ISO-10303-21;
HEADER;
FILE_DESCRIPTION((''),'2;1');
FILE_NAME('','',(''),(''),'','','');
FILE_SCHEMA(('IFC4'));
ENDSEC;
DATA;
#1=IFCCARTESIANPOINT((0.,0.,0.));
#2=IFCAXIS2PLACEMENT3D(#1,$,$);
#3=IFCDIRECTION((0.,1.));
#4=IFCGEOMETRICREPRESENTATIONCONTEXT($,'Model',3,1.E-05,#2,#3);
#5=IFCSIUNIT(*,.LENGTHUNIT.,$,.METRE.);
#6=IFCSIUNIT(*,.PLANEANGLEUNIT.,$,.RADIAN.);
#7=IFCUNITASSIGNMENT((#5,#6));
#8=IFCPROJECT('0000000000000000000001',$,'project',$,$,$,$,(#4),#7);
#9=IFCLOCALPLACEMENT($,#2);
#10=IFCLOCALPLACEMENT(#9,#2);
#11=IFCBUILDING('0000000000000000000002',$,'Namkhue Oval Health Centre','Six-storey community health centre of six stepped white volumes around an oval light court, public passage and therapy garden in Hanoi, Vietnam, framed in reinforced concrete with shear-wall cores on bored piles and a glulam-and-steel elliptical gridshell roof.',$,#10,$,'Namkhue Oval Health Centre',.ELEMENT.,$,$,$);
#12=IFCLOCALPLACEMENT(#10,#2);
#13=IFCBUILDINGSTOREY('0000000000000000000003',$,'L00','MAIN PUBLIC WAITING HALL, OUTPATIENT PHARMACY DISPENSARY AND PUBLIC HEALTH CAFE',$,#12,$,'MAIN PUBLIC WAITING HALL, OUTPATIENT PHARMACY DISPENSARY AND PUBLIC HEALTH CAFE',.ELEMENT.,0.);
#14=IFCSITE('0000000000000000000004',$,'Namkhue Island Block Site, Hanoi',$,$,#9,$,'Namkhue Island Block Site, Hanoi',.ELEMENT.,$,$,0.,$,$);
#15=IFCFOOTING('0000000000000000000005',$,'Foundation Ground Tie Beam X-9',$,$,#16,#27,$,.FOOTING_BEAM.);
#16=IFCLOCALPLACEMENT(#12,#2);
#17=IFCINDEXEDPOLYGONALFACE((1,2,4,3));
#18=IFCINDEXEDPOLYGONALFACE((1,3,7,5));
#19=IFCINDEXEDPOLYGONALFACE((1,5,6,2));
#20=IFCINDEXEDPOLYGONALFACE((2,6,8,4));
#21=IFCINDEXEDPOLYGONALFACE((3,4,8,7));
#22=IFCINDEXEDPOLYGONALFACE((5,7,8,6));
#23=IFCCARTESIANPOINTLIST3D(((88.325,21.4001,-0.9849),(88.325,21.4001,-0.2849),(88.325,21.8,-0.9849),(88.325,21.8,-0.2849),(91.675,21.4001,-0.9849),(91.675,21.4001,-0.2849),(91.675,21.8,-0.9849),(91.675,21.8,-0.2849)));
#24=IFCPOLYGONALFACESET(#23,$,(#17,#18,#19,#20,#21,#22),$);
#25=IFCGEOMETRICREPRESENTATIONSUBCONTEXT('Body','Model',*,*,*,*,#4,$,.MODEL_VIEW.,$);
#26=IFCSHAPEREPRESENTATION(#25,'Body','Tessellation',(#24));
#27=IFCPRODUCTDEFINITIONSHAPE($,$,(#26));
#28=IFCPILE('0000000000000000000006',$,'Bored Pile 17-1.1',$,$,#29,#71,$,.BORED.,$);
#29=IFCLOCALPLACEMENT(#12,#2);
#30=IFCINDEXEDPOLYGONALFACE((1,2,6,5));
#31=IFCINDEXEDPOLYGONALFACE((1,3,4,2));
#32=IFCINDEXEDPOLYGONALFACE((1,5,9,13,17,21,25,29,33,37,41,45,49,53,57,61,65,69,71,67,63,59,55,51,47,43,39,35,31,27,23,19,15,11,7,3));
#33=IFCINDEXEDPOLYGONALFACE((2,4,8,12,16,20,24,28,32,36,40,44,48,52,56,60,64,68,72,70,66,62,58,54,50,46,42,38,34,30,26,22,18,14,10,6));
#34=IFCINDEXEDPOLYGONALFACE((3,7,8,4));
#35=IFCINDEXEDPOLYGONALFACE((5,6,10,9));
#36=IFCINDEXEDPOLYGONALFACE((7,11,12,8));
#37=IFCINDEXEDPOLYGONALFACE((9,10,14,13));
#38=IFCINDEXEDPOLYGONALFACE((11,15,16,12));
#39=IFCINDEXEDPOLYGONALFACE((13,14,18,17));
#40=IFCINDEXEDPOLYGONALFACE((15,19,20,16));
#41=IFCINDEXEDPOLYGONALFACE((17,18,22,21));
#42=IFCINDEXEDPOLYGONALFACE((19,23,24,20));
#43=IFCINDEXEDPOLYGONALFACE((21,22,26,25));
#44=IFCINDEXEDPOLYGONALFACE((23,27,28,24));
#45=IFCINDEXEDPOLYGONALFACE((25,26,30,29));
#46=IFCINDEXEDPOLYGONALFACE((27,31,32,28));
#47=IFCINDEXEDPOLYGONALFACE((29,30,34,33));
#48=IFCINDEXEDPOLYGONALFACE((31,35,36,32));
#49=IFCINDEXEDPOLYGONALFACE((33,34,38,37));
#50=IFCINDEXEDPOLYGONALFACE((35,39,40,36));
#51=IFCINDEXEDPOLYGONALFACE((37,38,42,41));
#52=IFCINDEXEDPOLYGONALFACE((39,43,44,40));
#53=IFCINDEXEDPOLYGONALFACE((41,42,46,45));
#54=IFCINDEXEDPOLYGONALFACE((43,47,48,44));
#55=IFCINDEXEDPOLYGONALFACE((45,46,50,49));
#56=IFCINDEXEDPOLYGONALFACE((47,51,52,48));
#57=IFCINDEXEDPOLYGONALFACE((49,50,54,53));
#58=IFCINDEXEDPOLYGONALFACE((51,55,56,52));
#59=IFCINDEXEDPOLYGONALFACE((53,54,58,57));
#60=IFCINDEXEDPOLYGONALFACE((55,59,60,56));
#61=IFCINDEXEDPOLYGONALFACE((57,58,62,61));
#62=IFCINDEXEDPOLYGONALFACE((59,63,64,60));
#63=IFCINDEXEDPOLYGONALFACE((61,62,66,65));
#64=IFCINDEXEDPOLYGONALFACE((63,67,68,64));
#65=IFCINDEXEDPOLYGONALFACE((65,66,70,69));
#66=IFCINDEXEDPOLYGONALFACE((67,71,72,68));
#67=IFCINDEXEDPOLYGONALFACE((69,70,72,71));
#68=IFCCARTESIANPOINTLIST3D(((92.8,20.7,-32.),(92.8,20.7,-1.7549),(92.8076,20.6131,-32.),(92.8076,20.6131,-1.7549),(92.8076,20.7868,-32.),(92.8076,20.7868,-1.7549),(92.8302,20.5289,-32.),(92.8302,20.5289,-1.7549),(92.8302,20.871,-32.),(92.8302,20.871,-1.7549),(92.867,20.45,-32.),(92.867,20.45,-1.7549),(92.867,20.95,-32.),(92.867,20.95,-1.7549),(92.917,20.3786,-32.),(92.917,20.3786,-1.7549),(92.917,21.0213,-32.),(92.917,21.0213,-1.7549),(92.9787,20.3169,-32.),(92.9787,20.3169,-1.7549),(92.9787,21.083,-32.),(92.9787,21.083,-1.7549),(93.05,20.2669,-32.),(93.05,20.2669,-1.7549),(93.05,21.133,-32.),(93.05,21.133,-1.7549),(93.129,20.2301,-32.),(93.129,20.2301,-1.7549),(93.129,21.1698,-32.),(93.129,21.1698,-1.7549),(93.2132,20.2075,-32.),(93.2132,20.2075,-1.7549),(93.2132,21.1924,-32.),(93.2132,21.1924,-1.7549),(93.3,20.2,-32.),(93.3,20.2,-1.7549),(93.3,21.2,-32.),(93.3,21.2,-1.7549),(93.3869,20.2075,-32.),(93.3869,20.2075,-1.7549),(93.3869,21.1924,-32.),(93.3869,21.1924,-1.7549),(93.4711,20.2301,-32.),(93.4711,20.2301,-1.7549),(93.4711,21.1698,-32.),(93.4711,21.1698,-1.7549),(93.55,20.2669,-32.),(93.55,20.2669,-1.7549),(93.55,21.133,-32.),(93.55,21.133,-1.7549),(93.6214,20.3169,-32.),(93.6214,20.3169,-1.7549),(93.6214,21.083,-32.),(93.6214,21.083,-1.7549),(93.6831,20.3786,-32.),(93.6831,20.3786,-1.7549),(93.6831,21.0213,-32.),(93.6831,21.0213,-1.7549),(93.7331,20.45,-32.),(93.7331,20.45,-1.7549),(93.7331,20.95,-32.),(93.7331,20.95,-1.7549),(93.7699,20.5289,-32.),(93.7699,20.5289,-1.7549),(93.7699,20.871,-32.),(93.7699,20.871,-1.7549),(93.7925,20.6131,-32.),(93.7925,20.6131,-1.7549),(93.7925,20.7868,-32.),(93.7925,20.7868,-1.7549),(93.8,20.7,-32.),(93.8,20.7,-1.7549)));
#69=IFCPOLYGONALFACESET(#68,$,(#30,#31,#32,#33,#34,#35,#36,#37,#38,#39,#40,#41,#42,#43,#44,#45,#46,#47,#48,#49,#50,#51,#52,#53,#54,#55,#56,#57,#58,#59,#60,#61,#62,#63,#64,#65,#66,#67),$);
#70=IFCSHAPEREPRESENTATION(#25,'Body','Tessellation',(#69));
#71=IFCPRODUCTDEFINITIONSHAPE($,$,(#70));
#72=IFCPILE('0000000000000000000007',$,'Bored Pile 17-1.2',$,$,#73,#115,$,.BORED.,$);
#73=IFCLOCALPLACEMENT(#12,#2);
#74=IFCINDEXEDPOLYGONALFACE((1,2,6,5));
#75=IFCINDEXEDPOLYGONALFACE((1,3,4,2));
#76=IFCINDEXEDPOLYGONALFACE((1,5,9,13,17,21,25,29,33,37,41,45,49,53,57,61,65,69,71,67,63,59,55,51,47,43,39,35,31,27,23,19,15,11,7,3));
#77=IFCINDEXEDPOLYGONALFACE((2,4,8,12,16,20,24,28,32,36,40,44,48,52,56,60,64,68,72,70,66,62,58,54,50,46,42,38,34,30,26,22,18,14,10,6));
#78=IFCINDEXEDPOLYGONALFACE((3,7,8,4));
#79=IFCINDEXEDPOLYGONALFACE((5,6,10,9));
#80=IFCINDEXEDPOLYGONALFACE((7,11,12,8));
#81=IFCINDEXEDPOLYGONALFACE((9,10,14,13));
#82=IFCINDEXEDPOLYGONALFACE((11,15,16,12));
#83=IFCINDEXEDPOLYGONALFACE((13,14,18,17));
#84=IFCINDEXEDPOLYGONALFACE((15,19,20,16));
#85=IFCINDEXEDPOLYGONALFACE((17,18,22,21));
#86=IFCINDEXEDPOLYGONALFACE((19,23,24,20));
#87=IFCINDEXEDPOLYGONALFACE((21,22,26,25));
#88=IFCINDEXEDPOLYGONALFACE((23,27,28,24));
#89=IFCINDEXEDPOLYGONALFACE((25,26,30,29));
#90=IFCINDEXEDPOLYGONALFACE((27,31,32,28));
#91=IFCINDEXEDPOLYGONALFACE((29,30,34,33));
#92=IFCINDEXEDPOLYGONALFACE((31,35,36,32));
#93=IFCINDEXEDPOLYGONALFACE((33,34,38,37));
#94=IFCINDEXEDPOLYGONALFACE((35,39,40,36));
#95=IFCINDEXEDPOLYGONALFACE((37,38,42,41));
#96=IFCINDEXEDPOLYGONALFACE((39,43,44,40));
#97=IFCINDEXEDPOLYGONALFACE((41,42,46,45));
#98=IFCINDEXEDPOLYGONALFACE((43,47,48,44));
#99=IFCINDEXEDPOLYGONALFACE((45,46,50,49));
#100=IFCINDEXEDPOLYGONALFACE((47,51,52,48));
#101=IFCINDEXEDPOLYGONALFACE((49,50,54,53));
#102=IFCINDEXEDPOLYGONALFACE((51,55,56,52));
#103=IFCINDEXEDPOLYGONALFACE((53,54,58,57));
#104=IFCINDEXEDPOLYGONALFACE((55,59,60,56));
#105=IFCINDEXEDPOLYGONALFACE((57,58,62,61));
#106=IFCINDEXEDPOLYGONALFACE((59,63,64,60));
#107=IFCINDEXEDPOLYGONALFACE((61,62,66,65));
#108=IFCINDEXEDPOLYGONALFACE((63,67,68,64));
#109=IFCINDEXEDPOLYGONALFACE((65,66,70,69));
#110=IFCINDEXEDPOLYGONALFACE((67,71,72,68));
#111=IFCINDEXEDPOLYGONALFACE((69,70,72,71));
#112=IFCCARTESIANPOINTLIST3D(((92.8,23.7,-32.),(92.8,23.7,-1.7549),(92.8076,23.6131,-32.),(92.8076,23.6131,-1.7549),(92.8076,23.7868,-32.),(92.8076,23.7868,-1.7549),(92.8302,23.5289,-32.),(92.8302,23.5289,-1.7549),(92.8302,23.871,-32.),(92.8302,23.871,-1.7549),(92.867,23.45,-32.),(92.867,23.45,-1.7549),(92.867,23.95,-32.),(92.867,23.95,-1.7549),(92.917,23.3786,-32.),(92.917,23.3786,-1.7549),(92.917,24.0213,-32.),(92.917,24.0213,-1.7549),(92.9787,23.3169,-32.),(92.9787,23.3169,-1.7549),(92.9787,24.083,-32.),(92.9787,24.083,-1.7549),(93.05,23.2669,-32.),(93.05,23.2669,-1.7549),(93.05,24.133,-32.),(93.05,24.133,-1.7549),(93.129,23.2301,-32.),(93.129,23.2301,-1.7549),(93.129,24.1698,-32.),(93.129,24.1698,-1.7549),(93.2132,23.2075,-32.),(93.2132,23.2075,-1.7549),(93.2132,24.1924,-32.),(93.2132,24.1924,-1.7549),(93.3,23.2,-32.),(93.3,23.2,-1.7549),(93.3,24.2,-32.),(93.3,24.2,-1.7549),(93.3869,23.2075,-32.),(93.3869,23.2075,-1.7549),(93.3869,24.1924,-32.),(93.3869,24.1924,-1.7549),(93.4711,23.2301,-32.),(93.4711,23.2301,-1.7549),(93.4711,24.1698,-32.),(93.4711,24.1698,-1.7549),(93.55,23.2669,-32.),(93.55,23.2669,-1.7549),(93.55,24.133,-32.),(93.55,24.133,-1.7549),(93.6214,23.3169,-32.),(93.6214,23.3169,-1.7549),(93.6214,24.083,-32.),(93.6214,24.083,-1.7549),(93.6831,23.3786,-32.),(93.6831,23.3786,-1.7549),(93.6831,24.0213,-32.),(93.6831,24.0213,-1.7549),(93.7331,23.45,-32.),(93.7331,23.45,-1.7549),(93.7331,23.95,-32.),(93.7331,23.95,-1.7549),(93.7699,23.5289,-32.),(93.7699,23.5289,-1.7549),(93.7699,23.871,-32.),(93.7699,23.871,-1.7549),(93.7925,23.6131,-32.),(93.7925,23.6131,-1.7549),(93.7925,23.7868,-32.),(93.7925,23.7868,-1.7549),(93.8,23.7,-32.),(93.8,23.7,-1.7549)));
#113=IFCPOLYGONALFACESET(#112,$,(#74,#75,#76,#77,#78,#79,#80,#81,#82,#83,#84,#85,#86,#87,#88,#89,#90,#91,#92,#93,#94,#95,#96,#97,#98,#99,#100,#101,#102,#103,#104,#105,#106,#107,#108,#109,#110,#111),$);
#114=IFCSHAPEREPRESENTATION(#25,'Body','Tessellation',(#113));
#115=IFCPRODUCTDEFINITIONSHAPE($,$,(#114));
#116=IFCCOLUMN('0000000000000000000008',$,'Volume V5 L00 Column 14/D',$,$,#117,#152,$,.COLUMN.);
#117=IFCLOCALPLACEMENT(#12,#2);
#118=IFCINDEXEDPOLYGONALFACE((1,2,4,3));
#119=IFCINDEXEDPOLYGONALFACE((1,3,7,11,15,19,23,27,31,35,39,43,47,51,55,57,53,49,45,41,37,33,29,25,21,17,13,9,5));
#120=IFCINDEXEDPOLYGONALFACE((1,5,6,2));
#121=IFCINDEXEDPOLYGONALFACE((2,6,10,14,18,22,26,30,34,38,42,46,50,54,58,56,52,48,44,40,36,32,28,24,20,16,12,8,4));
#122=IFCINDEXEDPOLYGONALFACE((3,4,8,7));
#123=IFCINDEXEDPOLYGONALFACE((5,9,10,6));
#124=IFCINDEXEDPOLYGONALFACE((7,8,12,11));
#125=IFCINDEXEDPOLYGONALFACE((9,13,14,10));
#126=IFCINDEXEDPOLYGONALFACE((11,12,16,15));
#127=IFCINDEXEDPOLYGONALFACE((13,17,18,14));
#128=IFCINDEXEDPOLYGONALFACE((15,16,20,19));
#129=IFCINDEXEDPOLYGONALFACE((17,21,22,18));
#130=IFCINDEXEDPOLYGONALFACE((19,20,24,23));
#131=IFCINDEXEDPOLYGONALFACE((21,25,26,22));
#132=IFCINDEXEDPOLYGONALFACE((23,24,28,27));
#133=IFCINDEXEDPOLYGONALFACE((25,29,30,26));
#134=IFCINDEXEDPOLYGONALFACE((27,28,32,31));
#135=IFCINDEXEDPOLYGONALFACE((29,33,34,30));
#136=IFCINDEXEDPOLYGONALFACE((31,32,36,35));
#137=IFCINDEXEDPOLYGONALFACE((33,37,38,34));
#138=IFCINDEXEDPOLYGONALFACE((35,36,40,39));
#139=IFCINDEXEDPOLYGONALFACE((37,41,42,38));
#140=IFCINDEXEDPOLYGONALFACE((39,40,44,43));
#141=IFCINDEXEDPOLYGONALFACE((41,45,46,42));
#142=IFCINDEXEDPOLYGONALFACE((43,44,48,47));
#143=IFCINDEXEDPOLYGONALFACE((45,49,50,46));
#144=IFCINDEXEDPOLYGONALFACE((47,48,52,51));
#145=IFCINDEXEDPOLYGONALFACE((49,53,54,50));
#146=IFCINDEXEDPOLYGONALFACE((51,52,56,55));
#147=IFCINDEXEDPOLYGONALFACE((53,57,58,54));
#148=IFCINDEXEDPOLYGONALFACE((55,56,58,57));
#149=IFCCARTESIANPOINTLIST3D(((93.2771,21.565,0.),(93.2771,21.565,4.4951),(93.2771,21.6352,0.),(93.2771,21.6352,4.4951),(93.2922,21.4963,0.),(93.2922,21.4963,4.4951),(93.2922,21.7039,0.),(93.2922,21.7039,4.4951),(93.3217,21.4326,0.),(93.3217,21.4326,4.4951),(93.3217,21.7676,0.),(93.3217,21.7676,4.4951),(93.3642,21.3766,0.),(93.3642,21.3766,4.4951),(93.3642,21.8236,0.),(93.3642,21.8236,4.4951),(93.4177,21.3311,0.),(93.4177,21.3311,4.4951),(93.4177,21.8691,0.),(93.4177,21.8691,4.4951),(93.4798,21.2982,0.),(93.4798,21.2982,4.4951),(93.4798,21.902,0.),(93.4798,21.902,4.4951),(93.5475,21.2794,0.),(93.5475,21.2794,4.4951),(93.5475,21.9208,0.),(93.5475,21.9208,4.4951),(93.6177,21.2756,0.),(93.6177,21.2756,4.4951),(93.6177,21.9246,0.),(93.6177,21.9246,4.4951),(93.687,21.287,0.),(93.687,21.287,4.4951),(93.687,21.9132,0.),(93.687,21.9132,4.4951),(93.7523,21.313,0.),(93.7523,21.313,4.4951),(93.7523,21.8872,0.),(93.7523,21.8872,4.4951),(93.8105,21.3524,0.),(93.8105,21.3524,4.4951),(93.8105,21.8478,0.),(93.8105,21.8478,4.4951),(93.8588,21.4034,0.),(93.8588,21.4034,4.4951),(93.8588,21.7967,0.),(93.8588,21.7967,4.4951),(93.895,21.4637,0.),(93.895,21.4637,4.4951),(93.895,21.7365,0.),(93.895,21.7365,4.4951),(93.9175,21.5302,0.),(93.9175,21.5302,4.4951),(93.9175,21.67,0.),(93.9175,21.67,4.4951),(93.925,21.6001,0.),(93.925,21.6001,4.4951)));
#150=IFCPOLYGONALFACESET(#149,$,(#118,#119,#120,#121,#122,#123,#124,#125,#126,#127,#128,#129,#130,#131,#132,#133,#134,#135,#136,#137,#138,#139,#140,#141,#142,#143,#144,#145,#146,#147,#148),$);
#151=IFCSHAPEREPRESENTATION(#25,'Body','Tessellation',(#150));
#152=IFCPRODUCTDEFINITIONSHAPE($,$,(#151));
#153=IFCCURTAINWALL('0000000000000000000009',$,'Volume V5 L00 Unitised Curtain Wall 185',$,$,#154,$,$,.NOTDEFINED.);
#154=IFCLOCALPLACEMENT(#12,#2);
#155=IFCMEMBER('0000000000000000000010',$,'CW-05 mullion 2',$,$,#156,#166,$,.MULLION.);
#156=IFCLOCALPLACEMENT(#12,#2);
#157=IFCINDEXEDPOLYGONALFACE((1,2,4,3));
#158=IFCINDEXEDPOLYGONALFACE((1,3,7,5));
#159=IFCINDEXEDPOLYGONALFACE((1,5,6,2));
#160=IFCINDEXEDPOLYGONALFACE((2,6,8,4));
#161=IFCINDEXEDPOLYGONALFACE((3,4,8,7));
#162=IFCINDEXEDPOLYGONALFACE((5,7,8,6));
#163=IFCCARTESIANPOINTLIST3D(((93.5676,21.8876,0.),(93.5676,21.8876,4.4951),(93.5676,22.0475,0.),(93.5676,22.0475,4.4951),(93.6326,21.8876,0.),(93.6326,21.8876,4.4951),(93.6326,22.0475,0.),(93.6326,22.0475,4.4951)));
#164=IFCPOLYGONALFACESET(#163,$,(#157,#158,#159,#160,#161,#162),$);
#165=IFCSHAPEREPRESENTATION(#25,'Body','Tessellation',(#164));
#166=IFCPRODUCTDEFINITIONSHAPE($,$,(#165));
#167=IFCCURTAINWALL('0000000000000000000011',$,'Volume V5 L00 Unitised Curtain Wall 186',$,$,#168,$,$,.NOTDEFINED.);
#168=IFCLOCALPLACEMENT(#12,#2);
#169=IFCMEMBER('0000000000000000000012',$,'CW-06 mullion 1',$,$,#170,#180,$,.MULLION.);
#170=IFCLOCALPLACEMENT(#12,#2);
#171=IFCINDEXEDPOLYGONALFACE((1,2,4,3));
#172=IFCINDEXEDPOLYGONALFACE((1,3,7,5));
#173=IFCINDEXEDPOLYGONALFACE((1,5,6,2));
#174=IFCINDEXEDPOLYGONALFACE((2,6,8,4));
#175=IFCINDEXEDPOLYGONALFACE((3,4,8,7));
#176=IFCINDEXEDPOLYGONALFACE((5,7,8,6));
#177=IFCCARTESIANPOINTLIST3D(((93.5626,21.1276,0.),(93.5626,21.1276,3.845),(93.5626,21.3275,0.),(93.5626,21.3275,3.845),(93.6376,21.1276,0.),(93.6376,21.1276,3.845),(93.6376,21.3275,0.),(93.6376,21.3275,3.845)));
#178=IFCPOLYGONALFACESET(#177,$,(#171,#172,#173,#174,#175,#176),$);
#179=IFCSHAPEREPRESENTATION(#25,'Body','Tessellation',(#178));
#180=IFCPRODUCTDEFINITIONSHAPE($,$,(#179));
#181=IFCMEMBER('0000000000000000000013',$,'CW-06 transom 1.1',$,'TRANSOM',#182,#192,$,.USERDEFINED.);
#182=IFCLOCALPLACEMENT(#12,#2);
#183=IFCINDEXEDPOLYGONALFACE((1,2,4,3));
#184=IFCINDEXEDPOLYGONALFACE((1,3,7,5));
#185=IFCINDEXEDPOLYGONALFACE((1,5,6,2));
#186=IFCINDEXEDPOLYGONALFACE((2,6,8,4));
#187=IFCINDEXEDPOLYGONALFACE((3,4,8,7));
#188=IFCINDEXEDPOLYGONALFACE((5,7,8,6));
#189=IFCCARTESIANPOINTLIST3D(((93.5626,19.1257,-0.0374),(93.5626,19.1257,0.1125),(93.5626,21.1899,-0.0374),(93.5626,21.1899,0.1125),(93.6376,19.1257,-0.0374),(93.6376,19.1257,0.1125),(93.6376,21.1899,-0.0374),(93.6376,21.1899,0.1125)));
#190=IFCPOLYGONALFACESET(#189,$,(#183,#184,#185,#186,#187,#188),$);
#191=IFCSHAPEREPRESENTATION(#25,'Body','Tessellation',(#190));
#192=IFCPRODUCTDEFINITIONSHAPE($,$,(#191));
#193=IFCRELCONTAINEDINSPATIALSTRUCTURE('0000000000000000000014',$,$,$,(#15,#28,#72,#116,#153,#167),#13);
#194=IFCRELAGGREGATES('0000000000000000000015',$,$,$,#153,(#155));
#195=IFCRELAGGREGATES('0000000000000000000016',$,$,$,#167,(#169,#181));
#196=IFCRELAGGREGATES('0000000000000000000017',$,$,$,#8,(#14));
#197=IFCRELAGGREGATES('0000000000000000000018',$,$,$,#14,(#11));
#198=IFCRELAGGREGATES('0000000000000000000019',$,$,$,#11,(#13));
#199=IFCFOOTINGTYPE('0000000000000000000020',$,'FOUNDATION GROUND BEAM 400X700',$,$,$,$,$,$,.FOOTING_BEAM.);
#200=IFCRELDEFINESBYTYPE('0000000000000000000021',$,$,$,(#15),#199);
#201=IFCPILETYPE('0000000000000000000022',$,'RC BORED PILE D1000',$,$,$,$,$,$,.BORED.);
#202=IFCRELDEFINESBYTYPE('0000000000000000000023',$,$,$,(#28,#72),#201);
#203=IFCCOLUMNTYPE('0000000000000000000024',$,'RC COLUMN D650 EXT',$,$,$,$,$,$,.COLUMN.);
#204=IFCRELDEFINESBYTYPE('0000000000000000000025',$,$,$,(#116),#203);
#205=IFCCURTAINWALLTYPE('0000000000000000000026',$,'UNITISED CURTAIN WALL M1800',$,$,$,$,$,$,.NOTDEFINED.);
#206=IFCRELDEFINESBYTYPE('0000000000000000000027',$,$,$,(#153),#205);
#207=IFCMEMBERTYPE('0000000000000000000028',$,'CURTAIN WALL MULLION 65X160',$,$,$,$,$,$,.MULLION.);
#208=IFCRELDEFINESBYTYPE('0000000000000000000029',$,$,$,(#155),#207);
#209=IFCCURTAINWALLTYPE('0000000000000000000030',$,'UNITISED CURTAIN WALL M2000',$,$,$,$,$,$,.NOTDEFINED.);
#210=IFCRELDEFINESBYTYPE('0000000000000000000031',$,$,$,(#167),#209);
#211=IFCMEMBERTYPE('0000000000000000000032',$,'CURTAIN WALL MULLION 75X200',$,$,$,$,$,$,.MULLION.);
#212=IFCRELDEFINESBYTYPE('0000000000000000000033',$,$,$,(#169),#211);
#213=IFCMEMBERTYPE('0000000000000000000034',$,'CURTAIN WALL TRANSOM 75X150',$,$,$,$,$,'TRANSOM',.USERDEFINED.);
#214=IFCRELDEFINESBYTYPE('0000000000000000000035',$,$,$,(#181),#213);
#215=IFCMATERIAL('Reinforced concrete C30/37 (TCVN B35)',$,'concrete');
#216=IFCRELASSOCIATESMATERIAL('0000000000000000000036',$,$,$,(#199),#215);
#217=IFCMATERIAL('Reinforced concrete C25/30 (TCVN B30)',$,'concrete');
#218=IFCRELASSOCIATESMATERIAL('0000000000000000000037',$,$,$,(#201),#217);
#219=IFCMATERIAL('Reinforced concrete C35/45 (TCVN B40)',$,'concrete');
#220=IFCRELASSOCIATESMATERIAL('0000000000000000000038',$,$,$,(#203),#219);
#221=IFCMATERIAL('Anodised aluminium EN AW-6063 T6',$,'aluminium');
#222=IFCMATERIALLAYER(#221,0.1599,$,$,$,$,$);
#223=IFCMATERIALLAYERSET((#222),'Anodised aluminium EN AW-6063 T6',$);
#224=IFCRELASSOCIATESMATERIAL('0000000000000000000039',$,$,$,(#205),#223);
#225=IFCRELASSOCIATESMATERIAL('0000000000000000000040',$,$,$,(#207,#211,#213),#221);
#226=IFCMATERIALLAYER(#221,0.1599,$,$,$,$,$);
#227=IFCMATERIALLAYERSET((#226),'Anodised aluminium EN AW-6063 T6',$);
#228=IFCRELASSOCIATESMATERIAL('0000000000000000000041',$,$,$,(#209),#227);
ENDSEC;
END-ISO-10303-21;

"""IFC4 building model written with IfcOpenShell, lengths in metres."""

from ifc_helpers import new_model, si_unit, direction, frame, origin, origin_2d, place, context, subcontext, project, spatial, rectangle, circle, extrude, material, layer, layer_set, material_profile, profile_set, type_object, element, aggregate, save


model = new_model("IFC4")

# Units and contexts
model_context = context("Model", 3, precision=1e-05, world=origin(), true_north=direction((0.0, 1.0)))
body_context = subcontext(model_context, "Body", "Model", "MODEL_VIEW")
ifc_project = project(units=[si_unit("LENGTHUNIT", "METRE"), si_unit("PLANEANGLEUNIT", "RADIAN")], contexts=[model_context])

# Site, building, storey
site_placement = place(None, origin())
site = spatial("IfcSite", under=ifc_project, at=site_placement, Name="Namkhue Island Block Site, Hanoi", LongName="Namkhue Island Block Site, Hanoi", CompositionType="ELEMENT", RefElevation=0.0)
building_placement = place(site_placement, origin())
building = spatial("IfcBuilding", under=site, at=building_placement, Name="Namkhue Oval Health Centre", Description="Six-storey community health centre of six stepped white volumes around an oval light court, public passage and therapy garden in Hanoi, Vietnam, framed in reinforced concrete with shear-wall cores on bored piles and a glulam-and-steel elliptical gridshell roof.", LongName="Namkhue Oval Health Centre", CompositionType="ELEMENT")
storey_placement = place(building_placement, origin())
storey = spatial("IfcBuildingStorey", under=building, at=storey_placement, Name="L00", Description="MAIN PUBLIC WAITING HALL, OUTPATIENT PHARMACY DISPENSARY AND PUBLIC HEALTH CAFE", LongName="MAIN PUBLIC WAITING HALL, OUTPATIENT PHARMACY DISPENSARY AND PUBLIC HEALTH CAFE", CompositionType="ELEMENT", Elevation=0.0)

# Footing
ifc_material_1 = material(Name="Reinforced concrete C30/37 (TCVN B35)", Category="concrete")
footing_type = type_object("IfcFootingType", Name="FOUNDATION GROUND BEAM 400X700", PredefinedType="FOOTING_BEAM", material=ifc_material_1)
footing_placement = place(storey_placement, frame((90.0, 21.6001, -0.9849), z_axis=(0.0, 0.0, 1.0), x_axis=(1.0, 0.0, 0.0)))
element("IfcFooting", 1, at=footing_placement, inside=storey, type_object=footing_type, Name="Foundation Ground Tie Beam X-9", PredefinedType="FOOTING_BEAM", context=body_context, shape_type="SweptSolid", body=[
    extrude(rectangle(XDim=3.3501, YDim=0.3999, at=origin_2d()), origin(), (0.0, 0.0, 1.0), 0.7),
])

# Piles
ifc_material_2 = material(Name="Reinforced concrete C25/30 (TCVN B30)", Category="concrete")
ifc_material_profile_1 = material_profile(ifc_material_2, circle(Radius=0.5, at=origin_2d()), Name="BORED PILE D1000")
ifc_profile_set_1 = profile_set([ifc_material_profile_1], Name="Reinforced concrete C25/30 (TCVN B30)")
pile_type = type_object("IfcPileType", Name="RC BORED PILE D1000", PredefinedType="BORED", material=ifc_profile_set_1)
for number, where, z_axis, x_axis, name in (
    (2, (93.3, 20.7, -1.7549), (0.0, 0.0, -1.0), (1.0, 0.0, 0.0), "Bored Pile 17-1.1"),
    (3, (93.3, 23.7, -1.7549), (0.0, 0.0, -1.0), (1.0, 0.0, 0.0), "Bored Pile 17-1.2"),
):
    element("IfcPile", number, at=place(storey_placement, frame(where, z_axis=z_axis, x_axis=x_axis)), inside=storey, type_object=pile_type, Name=name, PredefinedType="BORED", context=body_context, shape_type="SweptSolid", body=[
        extrude(circle(Radius=0.5, at=origin_2d()), origin(), (0.0, 0.0, 1.0), 30.2451),
    ])

# Column
ifc_material_3 = material(Name="Reinforced concrete C35/45 (TCVN B40)", Category="concrete")
ifc_material_profile_2 = material_profile(ifc_material_3, circle(Radius=0.325, at=origin_2d()), Name="RC D650")
ifc_profile_set_2 = profile_set([ifc_material_profile_2], Name="Reinforced concrete C35/45 (TCVN B40)")
column_type = type_object("IfcColumnType", Name="RC COLUMN D650 EXT", PredefinedType="COLUMN", material=ifc_profile_set_2)
column_placement = place(storey_placement, frame((93.6001, 21.6001, 0.0), z_axis=(0.0, 0.0, 1.0), x_axis=(1.0, 0.0, 0.0)))
element("IfcColumn", 4, at=column_placement, inside=storey, type_object=column_type, Name="Volume V5 L00 Column 14/D", PredefinedType="COLUMN", context=body_context, shape_type="SweptSolid", body=[
    extrude(circle(Radius=0.325, at=origin_2d()), origin(), (0.0, 0.0, 1.0), 4.4951),
])

# Curtain wall, member
ifc_material_4 = material(Name="Anodised aluminium EN AW-6063 T6", Category="aluminium")
ifc_layer_1 = layer(ifc_material_4, 0.1599)
ifc_layer_set_1 = layer_set([ifc_layer_1], Name="Anodised aluminium EN AW-6063 T6")
curtain_wall_type_1 = type_object("IfcCurtainWallType", Name="UNITISED CURTAIN WALL M1800", PredefinedType="NOTDEFINED", material=ifc_layer_set_1)
curtain_wall_1_placement = place(storey_placement, origin())
curtain_wall_1 = element("IfcCurtainWall", 5, at=curtain_wall_1_placement, inside=storey, type_object=curtain_wall_type_1, Name="Volume V5 L00 Unitised Curtain Wall 185", PredefinedType="NOTDEFINED")
ifc_material_profile_3 = material_profile(ifc_material_4, rectangle(XDim=0.0649, YDim=0.1599, at=origin_2d()), Name="ALU 65x160")
ifc_profile_set_3 = profile_set([ifc_material_profile_3], Name="Anodised aluminium EN AW-6063 T6")
member_type_1 = type_object("IfcMemberType", Name="CURTAIN WALL MULLION 65X160", PredefinedType="MULLION", material=ifc_profile_set_3)
member_1_placement = place(storey_placement, frame((93.6001, 21.9675, 0.0), z_axis=(0.0, 0.0, 1.0), x_axis=(1.0, 0.0, 0.0)))
member_1 = element("IfcMember", 6, at=member_1_placement, type_object=member_type_1, Name="CW-05 mullion 2", PredefinedType="MULLION", context=body_context, shape_type="SweptSolid", body=[
    extrude(rectangle(XDim=0.0649, YDim=0.1599, at=origin_2d()), origin(), (0.0, 0.0, 1.0), 4.4951),
])

# Curtain wall, members
ifc_layer_2 = layer(ifc_material_4, 0.1599)
ifc_layer_set_2 = layer_set([ifc_layer_2], Name="Anodised aluminium EN AW-6063 T6")
curtain_wall_type_2 = type_object("IfcCurtainWallType", Name="UNITISED CURTAIN WALL M2000", PredefinedType="NOTDEFINED", material=ifc_layer_set_2)
curtain_wall_2_placement = place(storey_placement, origin())
curtain_wall_2 = element("IfcCurtainWall", 7, at=curtain_wall_2_placement, inside=storey, type_object=curtain_wall_type_2, Name="Volume V5 L00 Unitised Curtain Wall 186", PredefinedType="NOTDEFINED")
ifc_material_profile_4 = material_profile(ifc_material_4, rectangle(XDim=0.075, YDim=0.2, at=origin_2d()), Name="ALU 75x200")
ifc_profile_set_4 = profile_set([ifc_material_profile_4], Name="Anodised aluminium EN AW-6063 T6")
member_type_2 = type_object("IfcMemberType", Name="CURTAIN WALL MULLION 75X200", PredefinedType="MULLION", material=ifc_profile_set_4)
member_2_placement = place(storey_placement, frame((93.6001, 21.2275, 0.0), z_axis=(0.0, 0.0, 1.0), x_axis=(1.0, 0.0, 0.0)))
member_2 = element("IfcMember", 8, at=member_2_placement, type_object=member_type_2, Name="CW-06 mullion 1", PredefinedType="MULLION", context=body_context, shape_type="SweptSolid", body=[
    extrude(rectangle(XDim=0.075, YDim=0.2, at=origin_2d()), origin(), (0.0, 0.0, 1.0), 3.845),
])
ifc_material_profile_5 = material_profile(ifc_material_4, rectangle(XDim=0.075, YDim=0.1499, at=origin_2d()), Name="ALU 75x150")
ifc_profile_set_5 = profile_set([ifc_material_profile_5], Name="Anodised aluminium EN AW-6063 T6")
member_type_3 = type_object("IfcMemberType", Name="CURTAIN WALL TRANSOM 75X150", ElementType="TRANSOM", PredefinedType="USERDEFINED", material=ifc_profile_set_5)
member_3_placement = place(storey_placement, frame((93.6001, 21.1899, 0.0376), z_axis=(0.0, -1.0, 0.0), x_axis=(1.0, 0.0, 0.0)))
member_3 = element("IfcMember", 9, at=member_3_placement, type_object=member_type_3, Name="CW-06 transom 1.1", ObjectType="TRANSOM", PredefinedType="USERDEFINED", context=body_context, shape_type="SweptSolid", body=[
    extrude(rectangle(XDim=0.075, YDim=0.1499, at=origin_2d()), origin(), (0.0, 0.0, 1.0), 2.0642),
])

aggregate(curtain_wall_1, [member_1])
aggregate(curtain_wall_2, [member_2, member_3])

save(model, "model.ifc")
